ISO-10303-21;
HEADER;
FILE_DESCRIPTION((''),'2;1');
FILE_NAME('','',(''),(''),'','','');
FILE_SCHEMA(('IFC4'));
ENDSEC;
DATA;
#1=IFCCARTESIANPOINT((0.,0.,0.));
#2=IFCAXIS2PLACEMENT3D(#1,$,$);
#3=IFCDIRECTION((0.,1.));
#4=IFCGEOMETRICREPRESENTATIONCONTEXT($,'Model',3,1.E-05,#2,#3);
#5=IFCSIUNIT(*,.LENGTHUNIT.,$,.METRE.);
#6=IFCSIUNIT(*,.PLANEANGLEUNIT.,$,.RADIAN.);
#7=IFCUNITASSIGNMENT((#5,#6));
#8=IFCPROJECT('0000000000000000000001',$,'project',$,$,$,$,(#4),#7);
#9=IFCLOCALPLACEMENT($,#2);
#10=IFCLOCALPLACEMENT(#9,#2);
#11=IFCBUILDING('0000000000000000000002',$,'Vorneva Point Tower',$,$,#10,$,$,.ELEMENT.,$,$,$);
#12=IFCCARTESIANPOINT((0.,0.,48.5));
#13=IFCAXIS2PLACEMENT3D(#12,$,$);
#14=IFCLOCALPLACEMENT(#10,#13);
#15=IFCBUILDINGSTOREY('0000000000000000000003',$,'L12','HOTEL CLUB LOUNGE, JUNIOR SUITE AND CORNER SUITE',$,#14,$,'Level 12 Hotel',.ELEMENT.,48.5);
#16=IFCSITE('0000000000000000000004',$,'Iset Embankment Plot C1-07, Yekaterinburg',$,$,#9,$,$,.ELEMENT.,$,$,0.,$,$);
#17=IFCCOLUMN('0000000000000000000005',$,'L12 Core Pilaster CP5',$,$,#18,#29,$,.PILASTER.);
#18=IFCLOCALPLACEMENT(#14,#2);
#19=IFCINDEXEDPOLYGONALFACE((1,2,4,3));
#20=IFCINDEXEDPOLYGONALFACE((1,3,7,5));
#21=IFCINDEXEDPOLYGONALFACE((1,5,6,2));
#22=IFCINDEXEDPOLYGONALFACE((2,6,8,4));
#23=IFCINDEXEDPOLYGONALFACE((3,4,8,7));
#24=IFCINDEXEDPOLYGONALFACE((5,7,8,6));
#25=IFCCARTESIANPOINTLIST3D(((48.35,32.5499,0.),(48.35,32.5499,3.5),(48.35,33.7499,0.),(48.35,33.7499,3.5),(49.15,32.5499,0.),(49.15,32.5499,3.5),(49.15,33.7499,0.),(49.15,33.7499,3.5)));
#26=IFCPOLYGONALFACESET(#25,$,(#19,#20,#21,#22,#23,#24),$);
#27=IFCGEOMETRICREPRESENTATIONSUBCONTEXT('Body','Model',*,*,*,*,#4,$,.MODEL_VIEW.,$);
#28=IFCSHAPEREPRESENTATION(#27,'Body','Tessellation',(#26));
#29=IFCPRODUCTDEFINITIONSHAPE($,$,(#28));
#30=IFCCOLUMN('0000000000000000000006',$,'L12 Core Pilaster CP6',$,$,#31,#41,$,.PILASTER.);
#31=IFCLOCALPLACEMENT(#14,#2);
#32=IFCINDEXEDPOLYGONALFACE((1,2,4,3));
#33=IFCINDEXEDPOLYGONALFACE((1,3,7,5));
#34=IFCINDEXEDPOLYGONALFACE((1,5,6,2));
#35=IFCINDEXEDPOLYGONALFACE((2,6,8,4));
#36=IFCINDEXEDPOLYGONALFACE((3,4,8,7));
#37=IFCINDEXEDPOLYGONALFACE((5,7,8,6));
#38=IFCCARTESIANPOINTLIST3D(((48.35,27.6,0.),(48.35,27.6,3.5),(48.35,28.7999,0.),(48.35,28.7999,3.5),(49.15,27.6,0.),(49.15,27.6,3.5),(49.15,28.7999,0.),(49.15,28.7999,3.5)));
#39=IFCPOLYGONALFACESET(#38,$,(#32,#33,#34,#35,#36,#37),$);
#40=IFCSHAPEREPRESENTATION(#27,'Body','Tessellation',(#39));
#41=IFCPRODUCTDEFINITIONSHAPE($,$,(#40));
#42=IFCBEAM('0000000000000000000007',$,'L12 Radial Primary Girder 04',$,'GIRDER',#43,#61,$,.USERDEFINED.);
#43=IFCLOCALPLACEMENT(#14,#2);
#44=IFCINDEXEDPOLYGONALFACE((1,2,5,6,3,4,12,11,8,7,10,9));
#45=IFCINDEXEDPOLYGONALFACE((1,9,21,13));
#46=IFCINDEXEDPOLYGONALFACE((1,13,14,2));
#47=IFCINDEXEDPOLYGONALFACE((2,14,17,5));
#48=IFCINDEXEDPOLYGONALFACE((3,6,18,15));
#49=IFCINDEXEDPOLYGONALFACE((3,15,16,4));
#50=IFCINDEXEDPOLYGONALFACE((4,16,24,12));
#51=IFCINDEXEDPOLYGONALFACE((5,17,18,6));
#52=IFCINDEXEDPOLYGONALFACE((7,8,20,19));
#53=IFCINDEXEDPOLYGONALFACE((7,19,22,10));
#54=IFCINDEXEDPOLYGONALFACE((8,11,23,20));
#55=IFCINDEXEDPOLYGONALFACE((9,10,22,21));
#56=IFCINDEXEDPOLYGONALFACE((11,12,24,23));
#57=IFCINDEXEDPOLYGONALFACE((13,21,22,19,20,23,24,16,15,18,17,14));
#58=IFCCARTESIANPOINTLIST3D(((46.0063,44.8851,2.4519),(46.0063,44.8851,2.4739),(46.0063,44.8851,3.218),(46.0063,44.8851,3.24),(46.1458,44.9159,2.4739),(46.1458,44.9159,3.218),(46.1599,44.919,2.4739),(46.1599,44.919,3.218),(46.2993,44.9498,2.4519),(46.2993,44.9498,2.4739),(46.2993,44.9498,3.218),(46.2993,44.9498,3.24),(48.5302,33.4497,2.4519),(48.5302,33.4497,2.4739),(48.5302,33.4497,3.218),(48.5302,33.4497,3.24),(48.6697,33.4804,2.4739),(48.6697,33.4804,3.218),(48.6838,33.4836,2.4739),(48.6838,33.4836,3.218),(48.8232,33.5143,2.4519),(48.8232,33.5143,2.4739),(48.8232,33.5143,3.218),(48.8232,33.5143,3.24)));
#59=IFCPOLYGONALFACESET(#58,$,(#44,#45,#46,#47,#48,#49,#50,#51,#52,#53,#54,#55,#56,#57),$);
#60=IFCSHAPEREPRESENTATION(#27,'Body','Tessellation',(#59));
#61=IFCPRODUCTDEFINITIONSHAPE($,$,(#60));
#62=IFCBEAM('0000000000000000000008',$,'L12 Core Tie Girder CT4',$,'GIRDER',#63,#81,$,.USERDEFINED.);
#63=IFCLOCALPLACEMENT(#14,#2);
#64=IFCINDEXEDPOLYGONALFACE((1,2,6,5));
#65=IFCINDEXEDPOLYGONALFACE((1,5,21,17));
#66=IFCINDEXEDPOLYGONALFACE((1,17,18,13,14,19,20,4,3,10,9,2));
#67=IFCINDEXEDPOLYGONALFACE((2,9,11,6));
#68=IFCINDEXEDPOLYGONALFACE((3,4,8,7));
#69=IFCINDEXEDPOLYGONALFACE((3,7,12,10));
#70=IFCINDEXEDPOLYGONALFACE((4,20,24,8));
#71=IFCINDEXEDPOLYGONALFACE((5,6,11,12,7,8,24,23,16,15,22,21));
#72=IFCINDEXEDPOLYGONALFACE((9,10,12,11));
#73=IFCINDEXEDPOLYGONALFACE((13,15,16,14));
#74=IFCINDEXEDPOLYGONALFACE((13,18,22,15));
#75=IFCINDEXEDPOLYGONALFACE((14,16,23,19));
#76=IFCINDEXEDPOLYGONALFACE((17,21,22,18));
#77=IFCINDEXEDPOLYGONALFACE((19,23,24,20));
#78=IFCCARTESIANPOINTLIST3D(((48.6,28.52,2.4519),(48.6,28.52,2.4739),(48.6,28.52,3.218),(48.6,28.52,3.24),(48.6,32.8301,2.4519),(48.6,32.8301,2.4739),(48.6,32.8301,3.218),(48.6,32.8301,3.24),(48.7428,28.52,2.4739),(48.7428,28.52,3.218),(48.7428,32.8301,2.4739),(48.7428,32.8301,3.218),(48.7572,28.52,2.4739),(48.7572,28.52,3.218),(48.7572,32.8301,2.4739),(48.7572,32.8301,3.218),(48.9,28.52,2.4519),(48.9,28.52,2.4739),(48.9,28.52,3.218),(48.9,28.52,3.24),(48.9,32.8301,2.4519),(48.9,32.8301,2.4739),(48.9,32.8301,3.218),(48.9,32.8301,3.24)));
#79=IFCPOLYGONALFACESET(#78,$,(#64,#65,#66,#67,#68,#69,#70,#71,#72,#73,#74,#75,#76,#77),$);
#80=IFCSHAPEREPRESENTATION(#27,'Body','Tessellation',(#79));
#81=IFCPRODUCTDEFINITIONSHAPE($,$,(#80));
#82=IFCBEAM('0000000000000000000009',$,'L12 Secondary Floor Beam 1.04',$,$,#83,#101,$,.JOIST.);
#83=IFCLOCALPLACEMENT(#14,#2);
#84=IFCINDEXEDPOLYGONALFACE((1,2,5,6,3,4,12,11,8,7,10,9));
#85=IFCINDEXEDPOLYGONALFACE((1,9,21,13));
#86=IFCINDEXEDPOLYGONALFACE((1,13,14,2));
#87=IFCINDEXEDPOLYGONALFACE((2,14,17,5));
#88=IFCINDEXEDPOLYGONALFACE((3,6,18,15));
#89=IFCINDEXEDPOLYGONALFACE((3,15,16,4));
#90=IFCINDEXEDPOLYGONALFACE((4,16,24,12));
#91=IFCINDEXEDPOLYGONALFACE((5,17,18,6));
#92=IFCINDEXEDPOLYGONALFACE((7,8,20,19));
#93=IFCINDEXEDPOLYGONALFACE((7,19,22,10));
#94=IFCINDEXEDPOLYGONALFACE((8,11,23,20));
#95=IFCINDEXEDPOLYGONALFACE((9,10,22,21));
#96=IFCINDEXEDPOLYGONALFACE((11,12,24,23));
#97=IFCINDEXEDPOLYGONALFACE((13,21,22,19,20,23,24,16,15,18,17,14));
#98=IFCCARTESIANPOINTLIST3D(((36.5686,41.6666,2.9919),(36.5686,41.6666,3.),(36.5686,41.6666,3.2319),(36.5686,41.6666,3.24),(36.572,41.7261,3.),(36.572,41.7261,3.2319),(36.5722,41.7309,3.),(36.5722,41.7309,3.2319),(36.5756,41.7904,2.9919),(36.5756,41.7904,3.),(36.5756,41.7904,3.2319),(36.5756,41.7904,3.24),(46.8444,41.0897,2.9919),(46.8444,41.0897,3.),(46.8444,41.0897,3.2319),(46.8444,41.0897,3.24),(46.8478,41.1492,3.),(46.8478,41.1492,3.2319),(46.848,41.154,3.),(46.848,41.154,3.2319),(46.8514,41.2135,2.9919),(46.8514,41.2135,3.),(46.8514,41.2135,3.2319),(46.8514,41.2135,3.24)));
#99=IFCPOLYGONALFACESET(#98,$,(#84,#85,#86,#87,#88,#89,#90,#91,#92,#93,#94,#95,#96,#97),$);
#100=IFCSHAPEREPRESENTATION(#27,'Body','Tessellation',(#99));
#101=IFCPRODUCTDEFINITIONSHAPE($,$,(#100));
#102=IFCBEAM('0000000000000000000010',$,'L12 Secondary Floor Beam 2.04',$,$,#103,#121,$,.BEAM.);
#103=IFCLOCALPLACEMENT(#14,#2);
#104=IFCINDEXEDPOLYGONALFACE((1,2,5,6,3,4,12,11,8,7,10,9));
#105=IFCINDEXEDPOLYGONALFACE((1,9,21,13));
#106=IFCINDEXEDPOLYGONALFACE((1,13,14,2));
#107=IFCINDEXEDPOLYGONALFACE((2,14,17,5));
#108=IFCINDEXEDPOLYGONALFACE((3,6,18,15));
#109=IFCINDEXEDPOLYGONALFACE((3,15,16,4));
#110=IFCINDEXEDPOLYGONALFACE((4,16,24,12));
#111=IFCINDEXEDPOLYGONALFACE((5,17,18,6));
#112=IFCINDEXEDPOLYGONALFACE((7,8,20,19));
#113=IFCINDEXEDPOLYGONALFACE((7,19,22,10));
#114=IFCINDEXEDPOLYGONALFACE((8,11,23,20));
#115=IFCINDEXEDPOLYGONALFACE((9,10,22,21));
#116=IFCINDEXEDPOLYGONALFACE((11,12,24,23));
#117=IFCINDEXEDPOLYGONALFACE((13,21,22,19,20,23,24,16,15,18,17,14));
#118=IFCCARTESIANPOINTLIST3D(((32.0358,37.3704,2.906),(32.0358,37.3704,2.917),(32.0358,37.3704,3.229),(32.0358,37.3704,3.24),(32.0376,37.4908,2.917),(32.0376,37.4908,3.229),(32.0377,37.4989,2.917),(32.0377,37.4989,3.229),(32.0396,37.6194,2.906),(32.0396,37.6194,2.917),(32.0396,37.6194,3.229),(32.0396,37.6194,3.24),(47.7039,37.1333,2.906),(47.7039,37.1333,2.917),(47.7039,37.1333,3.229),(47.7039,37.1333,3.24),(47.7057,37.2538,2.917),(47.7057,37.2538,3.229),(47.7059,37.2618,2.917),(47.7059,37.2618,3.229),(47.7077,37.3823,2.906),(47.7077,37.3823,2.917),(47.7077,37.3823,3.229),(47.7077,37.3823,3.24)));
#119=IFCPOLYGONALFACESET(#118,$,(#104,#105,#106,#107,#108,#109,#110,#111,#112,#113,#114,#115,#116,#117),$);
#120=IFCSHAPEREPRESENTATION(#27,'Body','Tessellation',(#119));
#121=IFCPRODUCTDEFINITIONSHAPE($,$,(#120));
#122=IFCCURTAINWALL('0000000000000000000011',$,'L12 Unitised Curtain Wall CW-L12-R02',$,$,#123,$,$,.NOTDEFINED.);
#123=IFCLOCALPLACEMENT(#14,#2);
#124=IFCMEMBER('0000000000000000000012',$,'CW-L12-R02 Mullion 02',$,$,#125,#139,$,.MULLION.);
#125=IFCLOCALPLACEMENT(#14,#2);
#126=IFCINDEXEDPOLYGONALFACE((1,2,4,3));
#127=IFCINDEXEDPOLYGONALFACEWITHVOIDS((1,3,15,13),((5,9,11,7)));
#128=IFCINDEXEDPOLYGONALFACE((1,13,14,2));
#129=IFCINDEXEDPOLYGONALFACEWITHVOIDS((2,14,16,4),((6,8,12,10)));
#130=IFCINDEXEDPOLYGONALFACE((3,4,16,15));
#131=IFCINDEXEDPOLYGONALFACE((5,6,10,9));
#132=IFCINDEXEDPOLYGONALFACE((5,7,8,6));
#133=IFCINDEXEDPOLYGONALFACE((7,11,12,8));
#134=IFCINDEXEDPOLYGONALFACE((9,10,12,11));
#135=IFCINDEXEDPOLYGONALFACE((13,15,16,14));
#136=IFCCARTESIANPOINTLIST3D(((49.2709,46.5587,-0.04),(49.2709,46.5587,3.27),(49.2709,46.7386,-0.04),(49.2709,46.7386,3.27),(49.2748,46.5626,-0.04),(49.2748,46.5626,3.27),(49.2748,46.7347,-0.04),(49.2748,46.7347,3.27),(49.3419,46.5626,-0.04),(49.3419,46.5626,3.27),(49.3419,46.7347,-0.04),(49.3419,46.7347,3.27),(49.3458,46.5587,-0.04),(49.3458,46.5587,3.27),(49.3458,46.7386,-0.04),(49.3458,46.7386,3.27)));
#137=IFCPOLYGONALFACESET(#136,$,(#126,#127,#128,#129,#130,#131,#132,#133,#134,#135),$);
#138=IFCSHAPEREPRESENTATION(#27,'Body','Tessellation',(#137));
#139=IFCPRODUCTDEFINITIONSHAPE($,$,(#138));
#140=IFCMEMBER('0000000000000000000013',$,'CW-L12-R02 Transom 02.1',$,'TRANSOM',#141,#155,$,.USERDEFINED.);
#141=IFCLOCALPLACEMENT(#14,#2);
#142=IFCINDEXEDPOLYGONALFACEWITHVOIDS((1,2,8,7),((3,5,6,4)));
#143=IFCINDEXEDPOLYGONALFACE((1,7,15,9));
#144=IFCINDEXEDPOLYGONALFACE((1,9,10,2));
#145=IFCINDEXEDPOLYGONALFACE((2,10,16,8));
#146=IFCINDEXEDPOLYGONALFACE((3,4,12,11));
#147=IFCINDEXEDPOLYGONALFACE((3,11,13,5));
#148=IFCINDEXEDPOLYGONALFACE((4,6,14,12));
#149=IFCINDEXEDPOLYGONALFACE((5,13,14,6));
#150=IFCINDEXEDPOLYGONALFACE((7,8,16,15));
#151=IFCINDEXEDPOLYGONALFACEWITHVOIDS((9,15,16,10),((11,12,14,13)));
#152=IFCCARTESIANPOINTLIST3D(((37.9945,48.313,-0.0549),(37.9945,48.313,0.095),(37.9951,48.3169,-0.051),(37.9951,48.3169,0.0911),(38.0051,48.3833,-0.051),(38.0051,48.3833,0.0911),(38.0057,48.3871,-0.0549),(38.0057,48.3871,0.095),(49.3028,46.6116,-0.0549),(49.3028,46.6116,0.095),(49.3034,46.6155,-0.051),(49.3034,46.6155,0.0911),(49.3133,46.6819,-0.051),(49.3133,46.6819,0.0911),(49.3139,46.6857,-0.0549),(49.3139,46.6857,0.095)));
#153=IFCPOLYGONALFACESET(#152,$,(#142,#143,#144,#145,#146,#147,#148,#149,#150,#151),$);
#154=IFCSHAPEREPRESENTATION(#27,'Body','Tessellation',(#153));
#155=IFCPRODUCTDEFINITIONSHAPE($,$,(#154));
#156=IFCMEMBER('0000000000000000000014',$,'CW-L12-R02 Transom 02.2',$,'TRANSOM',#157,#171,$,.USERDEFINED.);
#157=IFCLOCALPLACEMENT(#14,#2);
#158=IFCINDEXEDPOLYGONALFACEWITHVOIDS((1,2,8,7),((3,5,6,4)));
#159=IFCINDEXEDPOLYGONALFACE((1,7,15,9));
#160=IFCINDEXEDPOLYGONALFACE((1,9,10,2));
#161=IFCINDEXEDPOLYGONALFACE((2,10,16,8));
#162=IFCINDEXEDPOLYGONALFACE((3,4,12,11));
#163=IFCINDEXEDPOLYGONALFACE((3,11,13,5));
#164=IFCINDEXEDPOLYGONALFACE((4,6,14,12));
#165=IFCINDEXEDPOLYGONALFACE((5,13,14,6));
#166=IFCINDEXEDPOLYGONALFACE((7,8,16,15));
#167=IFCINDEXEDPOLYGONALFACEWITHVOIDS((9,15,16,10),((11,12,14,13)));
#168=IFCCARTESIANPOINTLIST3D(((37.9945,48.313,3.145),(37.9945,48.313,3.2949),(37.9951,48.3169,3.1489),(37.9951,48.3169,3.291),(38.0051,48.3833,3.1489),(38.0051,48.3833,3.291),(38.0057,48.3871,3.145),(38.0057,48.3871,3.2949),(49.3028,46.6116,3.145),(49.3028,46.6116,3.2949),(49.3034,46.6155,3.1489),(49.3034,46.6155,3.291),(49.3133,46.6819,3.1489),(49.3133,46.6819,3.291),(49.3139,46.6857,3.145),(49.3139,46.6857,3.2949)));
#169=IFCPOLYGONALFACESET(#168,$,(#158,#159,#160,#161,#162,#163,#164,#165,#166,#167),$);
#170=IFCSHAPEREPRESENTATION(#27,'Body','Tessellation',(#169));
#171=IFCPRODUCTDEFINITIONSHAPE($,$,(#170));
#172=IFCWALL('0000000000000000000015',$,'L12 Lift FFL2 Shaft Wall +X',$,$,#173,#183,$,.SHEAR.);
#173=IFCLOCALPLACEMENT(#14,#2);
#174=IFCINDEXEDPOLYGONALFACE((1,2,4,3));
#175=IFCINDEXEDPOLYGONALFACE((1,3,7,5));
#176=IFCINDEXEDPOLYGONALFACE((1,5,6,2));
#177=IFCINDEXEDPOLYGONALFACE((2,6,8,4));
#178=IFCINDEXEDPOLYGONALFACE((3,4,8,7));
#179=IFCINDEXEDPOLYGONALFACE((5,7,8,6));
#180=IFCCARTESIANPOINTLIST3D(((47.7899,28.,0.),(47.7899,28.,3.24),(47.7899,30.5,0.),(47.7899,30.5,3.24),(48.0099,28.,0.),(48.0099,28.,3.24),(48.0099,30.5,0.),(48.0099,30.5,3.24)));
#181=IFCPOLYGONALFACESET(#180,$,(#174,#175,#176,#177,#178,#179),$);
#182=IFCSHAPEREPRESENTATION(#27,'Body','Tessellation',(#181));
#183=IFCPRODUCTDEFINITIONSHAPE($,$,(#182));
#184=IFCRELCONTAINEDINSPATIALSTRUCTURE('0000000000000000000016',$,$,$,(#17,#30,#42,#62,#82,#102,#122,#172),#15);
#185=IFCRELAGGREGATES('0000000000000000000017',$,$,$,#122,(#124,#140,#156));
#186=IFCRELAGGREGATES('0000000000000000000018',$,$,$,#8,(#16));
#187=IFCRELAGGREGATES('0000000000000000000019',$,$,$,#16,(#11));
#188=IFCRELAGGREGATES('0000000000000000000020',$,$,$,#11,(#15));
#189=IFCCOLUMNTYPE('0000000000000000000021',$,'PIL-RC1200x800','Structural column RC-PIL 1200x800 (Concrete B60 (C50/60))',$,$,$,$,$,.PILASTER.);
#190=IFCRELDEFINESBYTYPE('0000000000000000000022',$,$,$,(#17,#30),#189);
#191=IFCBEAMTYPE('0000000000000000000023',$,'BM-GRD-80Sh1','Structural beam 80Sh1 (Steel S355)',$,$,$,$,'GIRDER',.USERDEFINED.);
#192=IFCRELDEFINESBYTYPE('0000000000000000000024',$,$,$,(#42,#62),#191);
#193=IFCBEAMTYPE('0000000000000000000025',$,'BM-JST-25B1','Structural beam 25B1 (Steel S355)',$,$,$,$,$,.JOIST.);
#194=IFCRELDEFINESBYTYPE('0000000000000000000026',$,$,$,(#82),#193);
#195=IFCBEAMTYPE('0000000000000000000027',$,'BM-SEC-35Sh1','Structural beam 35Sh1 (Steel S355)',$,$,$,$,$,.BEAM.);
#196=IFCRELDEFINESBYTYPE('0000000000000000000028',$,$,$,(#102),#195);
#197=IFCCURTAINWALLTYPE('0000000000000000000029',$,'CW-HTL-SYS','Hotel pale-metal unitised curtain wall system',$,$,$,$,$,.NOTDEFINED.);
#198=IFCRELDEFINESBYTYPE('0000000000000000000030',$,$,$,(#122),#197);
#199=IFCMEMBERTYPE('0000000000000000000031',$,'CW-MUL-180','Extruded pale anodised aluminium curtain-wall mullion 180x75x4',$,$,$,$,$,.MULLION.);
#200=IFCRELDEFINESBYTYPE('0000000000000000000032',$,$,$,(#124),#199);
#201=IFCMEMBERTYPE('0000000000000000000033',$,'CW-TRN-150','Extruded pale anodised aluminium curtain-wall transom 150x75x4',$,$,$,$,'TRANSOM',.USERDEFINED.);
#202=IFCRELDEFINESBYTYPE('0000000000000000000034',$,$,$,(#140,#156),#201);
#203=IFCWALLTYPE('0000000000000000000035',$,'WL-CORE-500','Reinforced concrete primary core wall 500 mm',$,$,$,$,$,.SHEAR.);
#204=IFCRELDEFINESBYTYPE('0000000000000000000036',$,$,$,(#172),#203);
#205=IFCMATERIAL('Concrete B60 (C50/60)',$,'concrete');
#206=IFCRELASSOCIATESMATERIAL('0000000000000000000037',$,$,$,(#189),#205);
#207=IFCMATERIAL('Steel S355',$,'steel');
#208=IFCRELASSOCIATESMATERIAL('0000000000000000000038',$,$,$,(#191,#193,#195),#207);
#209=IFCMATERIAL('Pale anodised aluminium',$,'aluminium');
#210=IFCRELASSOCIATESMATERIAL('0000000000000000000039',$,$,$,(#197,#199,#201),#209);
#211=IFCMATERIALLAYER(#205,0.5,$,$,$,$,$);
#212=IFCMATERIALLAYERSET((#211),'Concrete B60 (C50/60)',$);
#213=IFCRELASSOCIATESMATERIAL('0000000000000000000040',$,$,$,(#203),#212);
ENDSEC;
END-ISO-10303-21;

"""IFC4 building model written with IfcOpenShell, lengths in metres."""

from ifc_helpers import new_model, si_unit, direction, frame, frame_2d, origin, origin_2d, place, context, subcontext, project, spatial, rectangle, hollow_rectangle, i_section, extrude, material, layer, layer_set, material_profile, profile_set, type_object, element, aggregate, save


model = new_model("IFC4")

# Units and contexts
model_context = context("Model", 3, precision=1e-05, world=origin(), true_north=direction((0.0, 1.0)))
body_context = subcontext(model_context, "Body", "Model", "MODEL_VIEW")
ifc_project = project(units=[si_unit("LENGTHUNIT", "METRE"), si_unit("PLANEANGLEUNIT", "RADIAN")], contexts=[model_context])

# Site, building, storey
site_placement = place(None, origin())
site = spatial("IfcSite", under=ifc_project, at=site_placement, Name="Iset Embankment Plot C1-07, Yekaterinburg", CompositionType="ELEMENT", RefElevation=0.0)
building_placement = place(site_placement, origin())
building = spatial("IfcBuilding", under=site, at=building_placement, Name="Vorneva Point Tower", CompositionType="ELEMENT")
storey_placement = place(building_placement, frame((0.0, 0.0, 48.5)))
storey = spatial("IfcBuildingStorey", under=building, at=storey_placement, Name="L12", Description="HOTEL CLUB LOUNGE, JUNIOR SUITE AND CORNER SUITE", LongName="Level 12 Hotel", CompositionType="ELEMENT", Elevation=48.5)

# Columns
ifc_material_1 = material(Name="Concrete B60 (C50/60)", Category="concrete")
ifc_material_profile_1 = material_profile(ifc_material_1, rectangle(XDim=0.8, YDim=1.2, at=origin_2d()), Name="RC-PIL 1200x800")
ifc_profile_set_1 = profile_set([ifc_material_profile_1], Name="Concrete B60 (C50/60)")
column_type_1 = type_object("IfcColumnType", Name="PIL-RC1200x800", Description="Structural column RC-PIL 1200x800 (Concrete B60 (C50/60))", PredefinedType="PILASTER", material=ifc_profile_set_1)
for number, where, z_axis, x_axis, name in (
    (1, (48.75, 33.1499, 0.0), (0.0, 0.0, 1.0), (1.0, 0.0, 0.0), "L12 Core Pilaster CP5"),
    (2, (48.75, 28.2, 0.0), (0.0, 0.0, 1.0), (1.0, 0.0, 0.0), "L12 Core Pilaster CP6"),
):
    element("IfcColumn", number, at=place(storey_placement, frame(where, z_axis=z_axis, x_axis=x_axis)), inside=storey, type_object=column_type_1, Name=name, PredefinedType="PILASTER", context=body_context, shape_type="SweptSolid", body=[
        extrude(rectangle(XDim=0.8, YDim=1.2, at=origin_2d()), origin(), (0.0, 0.0, 1.0), 3.5),
    ])

# Beams
ifc_material_2 = material(Name="Steel S355", Category="steel")
ifc_material_profile_2 = material_profile(ifc_material_2, i_section(OverallWidth=0.3, OverallDepth=0.7881, WebThickness=0.0144, FlangeThickness=0.022, at=origin_2d()), Name="80Sh1")
ifc_profile_set_2 = profile_set([ifc_material_profile_2], Name="Steel S355")
beam_type_1 = type_object("IfcBeamType", Name="BM-GRD-80Sh1", Description="Structural beam 80Sh1 (Steel S355)", ElementType="GIRDER", PredefinedType="USERDEFINED", material=ifc_profile_set_2)
beam_1_placement = place(storey_placement, frame((46.1528, 44.9175, 2.8459), z_axis=(0.215522, -0.976499, 0.0), x_axis=(0.976499, 0.215522, 0.0)))
element("IfcBeam", 3, at=beam_1_placement, inside=storey, type_object=beam_type_1, Name="L12 Radial Primary Girder 04", ObjectType="GIRDER", PredefinedType="USERDEFINED", context=body_context, shape_type="SweptSolid", body=[
    extrude(i_section(OverallWidth=0.3, OverallDepth=0.7881, WebThickness=0.0144, FlangeThickness=0.022, at=origin_2d()), origin(), (0.0, 0.0, 1.0), 11.7107),
])
beam_2_placement = place(storey_placement, frame((48.75, 28.52, 2.8459), z_axis=(0.0, 1.0, 0.0), x_axis=(-1.0, 0.0, 0.0)))
element("IfcBeam", 4, at=beam_2_placement, inside=storey, type_object=beam_type_1, Name="L12 Core Tie Girder CT4", ObjectType="GIRDER", PredefinedType="USERDEFINED", context=body_context, shape_type="SweptSolid", body=[
    extrude(i_section(OverallWidth=0.3, OverallDepth=0.7881, WebThickness=0.0144, FlangeThickness=0.022, at=origin_2d()), origin(), (0.0, 0.0, 1.0), 4.3101),
])
ifc_material_profile_3 = material_profile(ifc_material_2, i_section(OverallWidth=0.124, OverallDepth=0.248, WebThickness=0.0049, FlangeThickness=0.0081, at=origin_2d()), Name="25B1")
ifc_profile_set_3 = profile_set([ifc_material_profile_3], Name="Steel S355")
beam_type_2 = type_object("IfcBeamType", Name="BM-JST-25B1", Description="Structural beam 25B1 (Steel S355)", PredefinedType="JOIST", material=ifc_profile_set_3)
beam_3_placement = place(storey_placement, frame((46.8479, 41.1516, 3.116), z_axis=(-0.998428, 0.056053, 0.0), x_axis=(-0.056053, -0.998428, 0.0)))
element("IfcBeam", 5, at=beam_3_placement, inside=storey, type_object=beam_type_2, Name="L12 Secondary Floor Beam 1.04", PredefinedType="JOIST", context=body_context, shape_type="SweptSolid", body=[
    extrude(i_section(OverallWidth=0.124, OverallDepth=0.248, WebThickness=0.0049, FlangeThickness=0.0081, at=origin_2d()), origin(), (0.0, 0.0, 1.0), 10.292),
])
ifc_material_profile_4 = material_profile(ifc_material_2, i_section(OverallWidth=0.249, OverallDepth=0.334, WebThickness=0.0081, FlangeThickness=0.011, at=origin_2d()), Name="35Sh1")
ifc_profile_set_4 = profile_set([ifc_material_profile_4], Name="Steel S355")
beam_type_3 = type_object("IfcBeamType", Name="BM-SEC-35Sh1", Description="Structural beam 35Sh1 (Steel S355)", PredefinedType="BEAM", material=ifc_profile_set_4)
beam_4_placement = place(storey_placement, frame((47.7058, 37.2578, 3.073), z_axis=(-0.999886, 0.015128, 0.0), x_axis=(-0.015128, -0.999886, 0.0)))
element("IfcBeam", 6, at=beam_4_placement, inside=storey, type_object=beam_type_3, Name="L12 Secondary Floor Beam 2.04", PredefinedType="BEAM", context=body_context, shape_type="SweptSolid", body=[
    extrude(i_section(OverallWidth=0.249, OverallDepth=0.334, WebThickness=0.0081, FlangeThickness=0.011, at=origin_2d()), origin(), (0.0, 0.0, 1.0), 15.6699),
])

# Curtain wall, members
ifc_material_3 = material(Name="Pale anodised aluminium", Category="aluminium")
curtain_wall_type = type_object("IfcCurtainWallType", Name="CW-HTL-SYS", Description="Hotel pale-metal unitised curtain wall system", PredefinedType="NOTDEFINED", material=ifc_material_3)
curtain_wall_placement = place(storey_placement, origin())
curtain_wall = element("IfcCurtainWall", 7, at=curtain_wall_placement, inside=storey, type_object=curtain_wall_type, Name="L12 Unitised Curtain Wall CW-L12-R02", PredefinedType="NOTDEFINED")
ifc_material_profile_5 = material_profile(ifc_material_3, hollow_rectangle(XDim=0.075, YDim=0.1799, WallThickness=0.0039, at=origin_2d()), Name="AL-MUL 180x75x4")
ifc_profile_set_5 = profile_set([ifc_material_profile_5], Name="Pale anodised aluminium")
member_type_1 = type_object("IfcMemberType", Name="CW-MUL-180", Description="Extruded pale anodised aluminium curtain-wall mullion 180x75x4", PredefinedType="MULLION", material=ifc_profile_set_5)
member_1_placement = place(storey_placement, frame((49.3083, 46.6487, -0.04), z_axis=(0.0, 0.0, 1.0), x_axis=(1.0, 0.0, 0.0)))
member_1 = element("IfcMember", 8, at=member_1_placement, type_object=member_type_1, Name="CW-L12-R02 Mullion 02", PredefinedType="MULLION", context=body_context, shape_type="SweptSolid", body=[
    extrude(hollow_rectangle(XDim=0.075, YDim=0.1799, WallThickness=0.0039, at=origin_2d()), origin(), (0.0, 0.0, 1.0), 3.3101),
])
ifc_material_profile_6 = material_profile(ifc_material_3, hollow_rectangle(XDim=0.075, YDim=0.1499, WallThickness=0.0039, at=origin_2d()), Name="AL-TRN 150x75x4")
ifc_profile_set_6 = profile_set([ifc_material_profile_6], Name="Pale anodised aluminium")
member_type_2 = type_object("IfcMemberType", Name="CW-TRN-150", Description="Extruded pale anodised aluminium curtain-wall transom 150x75x4", ElementType="TRANSOM", PredefinedType="USERDEFINED", material=ifc_profile_set_6)
member_2_placement = place(storey_placement, frame((49.3083, 46.6487, 0.02), z_axis=(-0.98887, 0.148782, 0.0), x_axis=(-0.148782, -0.98887, 0.0)))
member_2 = element("IfcMember", 9, at=member_2_placement, type_object=member_type_2, Name="CW-L12-R02 Transom 02.1", ObjectType="TRANSOM", PredefinedType="USERDEFINED", context=body_context, shape_type="SweptSolid", body=[
    extrude(hollow_rectangle(XDim=0.075, YDim=0.1499, WallThickness=0.0039, at=origin_2d()), origin(), (0.0, 0.0, 1.0), 11.4355),
])
member_3_placement = place(storey_placement, frame((49.3083, 46.6487, 3.22), z_axis=(-0.98887, 0.148782, 0.0), x_axis=(-0.148782, -0.98887, 0.0)))
member_3 = element("IfcMember", 10, at=member_3_placement, type_object=member_type_2, Name="CW-L12-R02 Transom 02.2", ObjectType="TRANSOM", PredefinedType="USERDEFINED", context=body_context, shape_type="SweptSolid", body=[
    extrude(hollow_rectangle(XDim=0.075, YDim=0.1499, WallThickness=0.0039, at=origin_2d()), origin(), (0.0, 0.0, 1.0), 11.4355),
])
aggregate(curtain_wall, [member_1, member_2, member_3])

# Wall
ifc_layer_1 = layer(ifc_material_1, 0.5)
ifc_layer_set_1 = layer_set([ifc_layer_1], Name="Concrete B60 (C50/60)")
wall_type_1 = type_object("IfcWallType", Name="WL-CORE-500", Description="Reinforced concrete primary core wall 500 mm", PredefinedType="SHEAR", material=ifc_layer_set_1)
wall_1_placement = place(storey_placement, frame((47.8999, 28.0, 0.0), z_axis=(0.0, 0.0, 1.0), x_axis=(0.0, 1.0, 0.0)))
element("IfcWall", 11, at=wall_1_placement, inside=storey, type_object=wall_type_1, Name="L12 Lift FFL2 Shaft Wall +X", PredefinedType="SHEAR", context=body_context, shape_type="SweptSolid", body=[
    extrude(rectangle(XDim=2.5, YDim=0.22, at=frame_2d((1.25, 0.0))), origin(), (0.0, 0.0, 1.0), 3.24),
])

save(model, "model.ifc")
